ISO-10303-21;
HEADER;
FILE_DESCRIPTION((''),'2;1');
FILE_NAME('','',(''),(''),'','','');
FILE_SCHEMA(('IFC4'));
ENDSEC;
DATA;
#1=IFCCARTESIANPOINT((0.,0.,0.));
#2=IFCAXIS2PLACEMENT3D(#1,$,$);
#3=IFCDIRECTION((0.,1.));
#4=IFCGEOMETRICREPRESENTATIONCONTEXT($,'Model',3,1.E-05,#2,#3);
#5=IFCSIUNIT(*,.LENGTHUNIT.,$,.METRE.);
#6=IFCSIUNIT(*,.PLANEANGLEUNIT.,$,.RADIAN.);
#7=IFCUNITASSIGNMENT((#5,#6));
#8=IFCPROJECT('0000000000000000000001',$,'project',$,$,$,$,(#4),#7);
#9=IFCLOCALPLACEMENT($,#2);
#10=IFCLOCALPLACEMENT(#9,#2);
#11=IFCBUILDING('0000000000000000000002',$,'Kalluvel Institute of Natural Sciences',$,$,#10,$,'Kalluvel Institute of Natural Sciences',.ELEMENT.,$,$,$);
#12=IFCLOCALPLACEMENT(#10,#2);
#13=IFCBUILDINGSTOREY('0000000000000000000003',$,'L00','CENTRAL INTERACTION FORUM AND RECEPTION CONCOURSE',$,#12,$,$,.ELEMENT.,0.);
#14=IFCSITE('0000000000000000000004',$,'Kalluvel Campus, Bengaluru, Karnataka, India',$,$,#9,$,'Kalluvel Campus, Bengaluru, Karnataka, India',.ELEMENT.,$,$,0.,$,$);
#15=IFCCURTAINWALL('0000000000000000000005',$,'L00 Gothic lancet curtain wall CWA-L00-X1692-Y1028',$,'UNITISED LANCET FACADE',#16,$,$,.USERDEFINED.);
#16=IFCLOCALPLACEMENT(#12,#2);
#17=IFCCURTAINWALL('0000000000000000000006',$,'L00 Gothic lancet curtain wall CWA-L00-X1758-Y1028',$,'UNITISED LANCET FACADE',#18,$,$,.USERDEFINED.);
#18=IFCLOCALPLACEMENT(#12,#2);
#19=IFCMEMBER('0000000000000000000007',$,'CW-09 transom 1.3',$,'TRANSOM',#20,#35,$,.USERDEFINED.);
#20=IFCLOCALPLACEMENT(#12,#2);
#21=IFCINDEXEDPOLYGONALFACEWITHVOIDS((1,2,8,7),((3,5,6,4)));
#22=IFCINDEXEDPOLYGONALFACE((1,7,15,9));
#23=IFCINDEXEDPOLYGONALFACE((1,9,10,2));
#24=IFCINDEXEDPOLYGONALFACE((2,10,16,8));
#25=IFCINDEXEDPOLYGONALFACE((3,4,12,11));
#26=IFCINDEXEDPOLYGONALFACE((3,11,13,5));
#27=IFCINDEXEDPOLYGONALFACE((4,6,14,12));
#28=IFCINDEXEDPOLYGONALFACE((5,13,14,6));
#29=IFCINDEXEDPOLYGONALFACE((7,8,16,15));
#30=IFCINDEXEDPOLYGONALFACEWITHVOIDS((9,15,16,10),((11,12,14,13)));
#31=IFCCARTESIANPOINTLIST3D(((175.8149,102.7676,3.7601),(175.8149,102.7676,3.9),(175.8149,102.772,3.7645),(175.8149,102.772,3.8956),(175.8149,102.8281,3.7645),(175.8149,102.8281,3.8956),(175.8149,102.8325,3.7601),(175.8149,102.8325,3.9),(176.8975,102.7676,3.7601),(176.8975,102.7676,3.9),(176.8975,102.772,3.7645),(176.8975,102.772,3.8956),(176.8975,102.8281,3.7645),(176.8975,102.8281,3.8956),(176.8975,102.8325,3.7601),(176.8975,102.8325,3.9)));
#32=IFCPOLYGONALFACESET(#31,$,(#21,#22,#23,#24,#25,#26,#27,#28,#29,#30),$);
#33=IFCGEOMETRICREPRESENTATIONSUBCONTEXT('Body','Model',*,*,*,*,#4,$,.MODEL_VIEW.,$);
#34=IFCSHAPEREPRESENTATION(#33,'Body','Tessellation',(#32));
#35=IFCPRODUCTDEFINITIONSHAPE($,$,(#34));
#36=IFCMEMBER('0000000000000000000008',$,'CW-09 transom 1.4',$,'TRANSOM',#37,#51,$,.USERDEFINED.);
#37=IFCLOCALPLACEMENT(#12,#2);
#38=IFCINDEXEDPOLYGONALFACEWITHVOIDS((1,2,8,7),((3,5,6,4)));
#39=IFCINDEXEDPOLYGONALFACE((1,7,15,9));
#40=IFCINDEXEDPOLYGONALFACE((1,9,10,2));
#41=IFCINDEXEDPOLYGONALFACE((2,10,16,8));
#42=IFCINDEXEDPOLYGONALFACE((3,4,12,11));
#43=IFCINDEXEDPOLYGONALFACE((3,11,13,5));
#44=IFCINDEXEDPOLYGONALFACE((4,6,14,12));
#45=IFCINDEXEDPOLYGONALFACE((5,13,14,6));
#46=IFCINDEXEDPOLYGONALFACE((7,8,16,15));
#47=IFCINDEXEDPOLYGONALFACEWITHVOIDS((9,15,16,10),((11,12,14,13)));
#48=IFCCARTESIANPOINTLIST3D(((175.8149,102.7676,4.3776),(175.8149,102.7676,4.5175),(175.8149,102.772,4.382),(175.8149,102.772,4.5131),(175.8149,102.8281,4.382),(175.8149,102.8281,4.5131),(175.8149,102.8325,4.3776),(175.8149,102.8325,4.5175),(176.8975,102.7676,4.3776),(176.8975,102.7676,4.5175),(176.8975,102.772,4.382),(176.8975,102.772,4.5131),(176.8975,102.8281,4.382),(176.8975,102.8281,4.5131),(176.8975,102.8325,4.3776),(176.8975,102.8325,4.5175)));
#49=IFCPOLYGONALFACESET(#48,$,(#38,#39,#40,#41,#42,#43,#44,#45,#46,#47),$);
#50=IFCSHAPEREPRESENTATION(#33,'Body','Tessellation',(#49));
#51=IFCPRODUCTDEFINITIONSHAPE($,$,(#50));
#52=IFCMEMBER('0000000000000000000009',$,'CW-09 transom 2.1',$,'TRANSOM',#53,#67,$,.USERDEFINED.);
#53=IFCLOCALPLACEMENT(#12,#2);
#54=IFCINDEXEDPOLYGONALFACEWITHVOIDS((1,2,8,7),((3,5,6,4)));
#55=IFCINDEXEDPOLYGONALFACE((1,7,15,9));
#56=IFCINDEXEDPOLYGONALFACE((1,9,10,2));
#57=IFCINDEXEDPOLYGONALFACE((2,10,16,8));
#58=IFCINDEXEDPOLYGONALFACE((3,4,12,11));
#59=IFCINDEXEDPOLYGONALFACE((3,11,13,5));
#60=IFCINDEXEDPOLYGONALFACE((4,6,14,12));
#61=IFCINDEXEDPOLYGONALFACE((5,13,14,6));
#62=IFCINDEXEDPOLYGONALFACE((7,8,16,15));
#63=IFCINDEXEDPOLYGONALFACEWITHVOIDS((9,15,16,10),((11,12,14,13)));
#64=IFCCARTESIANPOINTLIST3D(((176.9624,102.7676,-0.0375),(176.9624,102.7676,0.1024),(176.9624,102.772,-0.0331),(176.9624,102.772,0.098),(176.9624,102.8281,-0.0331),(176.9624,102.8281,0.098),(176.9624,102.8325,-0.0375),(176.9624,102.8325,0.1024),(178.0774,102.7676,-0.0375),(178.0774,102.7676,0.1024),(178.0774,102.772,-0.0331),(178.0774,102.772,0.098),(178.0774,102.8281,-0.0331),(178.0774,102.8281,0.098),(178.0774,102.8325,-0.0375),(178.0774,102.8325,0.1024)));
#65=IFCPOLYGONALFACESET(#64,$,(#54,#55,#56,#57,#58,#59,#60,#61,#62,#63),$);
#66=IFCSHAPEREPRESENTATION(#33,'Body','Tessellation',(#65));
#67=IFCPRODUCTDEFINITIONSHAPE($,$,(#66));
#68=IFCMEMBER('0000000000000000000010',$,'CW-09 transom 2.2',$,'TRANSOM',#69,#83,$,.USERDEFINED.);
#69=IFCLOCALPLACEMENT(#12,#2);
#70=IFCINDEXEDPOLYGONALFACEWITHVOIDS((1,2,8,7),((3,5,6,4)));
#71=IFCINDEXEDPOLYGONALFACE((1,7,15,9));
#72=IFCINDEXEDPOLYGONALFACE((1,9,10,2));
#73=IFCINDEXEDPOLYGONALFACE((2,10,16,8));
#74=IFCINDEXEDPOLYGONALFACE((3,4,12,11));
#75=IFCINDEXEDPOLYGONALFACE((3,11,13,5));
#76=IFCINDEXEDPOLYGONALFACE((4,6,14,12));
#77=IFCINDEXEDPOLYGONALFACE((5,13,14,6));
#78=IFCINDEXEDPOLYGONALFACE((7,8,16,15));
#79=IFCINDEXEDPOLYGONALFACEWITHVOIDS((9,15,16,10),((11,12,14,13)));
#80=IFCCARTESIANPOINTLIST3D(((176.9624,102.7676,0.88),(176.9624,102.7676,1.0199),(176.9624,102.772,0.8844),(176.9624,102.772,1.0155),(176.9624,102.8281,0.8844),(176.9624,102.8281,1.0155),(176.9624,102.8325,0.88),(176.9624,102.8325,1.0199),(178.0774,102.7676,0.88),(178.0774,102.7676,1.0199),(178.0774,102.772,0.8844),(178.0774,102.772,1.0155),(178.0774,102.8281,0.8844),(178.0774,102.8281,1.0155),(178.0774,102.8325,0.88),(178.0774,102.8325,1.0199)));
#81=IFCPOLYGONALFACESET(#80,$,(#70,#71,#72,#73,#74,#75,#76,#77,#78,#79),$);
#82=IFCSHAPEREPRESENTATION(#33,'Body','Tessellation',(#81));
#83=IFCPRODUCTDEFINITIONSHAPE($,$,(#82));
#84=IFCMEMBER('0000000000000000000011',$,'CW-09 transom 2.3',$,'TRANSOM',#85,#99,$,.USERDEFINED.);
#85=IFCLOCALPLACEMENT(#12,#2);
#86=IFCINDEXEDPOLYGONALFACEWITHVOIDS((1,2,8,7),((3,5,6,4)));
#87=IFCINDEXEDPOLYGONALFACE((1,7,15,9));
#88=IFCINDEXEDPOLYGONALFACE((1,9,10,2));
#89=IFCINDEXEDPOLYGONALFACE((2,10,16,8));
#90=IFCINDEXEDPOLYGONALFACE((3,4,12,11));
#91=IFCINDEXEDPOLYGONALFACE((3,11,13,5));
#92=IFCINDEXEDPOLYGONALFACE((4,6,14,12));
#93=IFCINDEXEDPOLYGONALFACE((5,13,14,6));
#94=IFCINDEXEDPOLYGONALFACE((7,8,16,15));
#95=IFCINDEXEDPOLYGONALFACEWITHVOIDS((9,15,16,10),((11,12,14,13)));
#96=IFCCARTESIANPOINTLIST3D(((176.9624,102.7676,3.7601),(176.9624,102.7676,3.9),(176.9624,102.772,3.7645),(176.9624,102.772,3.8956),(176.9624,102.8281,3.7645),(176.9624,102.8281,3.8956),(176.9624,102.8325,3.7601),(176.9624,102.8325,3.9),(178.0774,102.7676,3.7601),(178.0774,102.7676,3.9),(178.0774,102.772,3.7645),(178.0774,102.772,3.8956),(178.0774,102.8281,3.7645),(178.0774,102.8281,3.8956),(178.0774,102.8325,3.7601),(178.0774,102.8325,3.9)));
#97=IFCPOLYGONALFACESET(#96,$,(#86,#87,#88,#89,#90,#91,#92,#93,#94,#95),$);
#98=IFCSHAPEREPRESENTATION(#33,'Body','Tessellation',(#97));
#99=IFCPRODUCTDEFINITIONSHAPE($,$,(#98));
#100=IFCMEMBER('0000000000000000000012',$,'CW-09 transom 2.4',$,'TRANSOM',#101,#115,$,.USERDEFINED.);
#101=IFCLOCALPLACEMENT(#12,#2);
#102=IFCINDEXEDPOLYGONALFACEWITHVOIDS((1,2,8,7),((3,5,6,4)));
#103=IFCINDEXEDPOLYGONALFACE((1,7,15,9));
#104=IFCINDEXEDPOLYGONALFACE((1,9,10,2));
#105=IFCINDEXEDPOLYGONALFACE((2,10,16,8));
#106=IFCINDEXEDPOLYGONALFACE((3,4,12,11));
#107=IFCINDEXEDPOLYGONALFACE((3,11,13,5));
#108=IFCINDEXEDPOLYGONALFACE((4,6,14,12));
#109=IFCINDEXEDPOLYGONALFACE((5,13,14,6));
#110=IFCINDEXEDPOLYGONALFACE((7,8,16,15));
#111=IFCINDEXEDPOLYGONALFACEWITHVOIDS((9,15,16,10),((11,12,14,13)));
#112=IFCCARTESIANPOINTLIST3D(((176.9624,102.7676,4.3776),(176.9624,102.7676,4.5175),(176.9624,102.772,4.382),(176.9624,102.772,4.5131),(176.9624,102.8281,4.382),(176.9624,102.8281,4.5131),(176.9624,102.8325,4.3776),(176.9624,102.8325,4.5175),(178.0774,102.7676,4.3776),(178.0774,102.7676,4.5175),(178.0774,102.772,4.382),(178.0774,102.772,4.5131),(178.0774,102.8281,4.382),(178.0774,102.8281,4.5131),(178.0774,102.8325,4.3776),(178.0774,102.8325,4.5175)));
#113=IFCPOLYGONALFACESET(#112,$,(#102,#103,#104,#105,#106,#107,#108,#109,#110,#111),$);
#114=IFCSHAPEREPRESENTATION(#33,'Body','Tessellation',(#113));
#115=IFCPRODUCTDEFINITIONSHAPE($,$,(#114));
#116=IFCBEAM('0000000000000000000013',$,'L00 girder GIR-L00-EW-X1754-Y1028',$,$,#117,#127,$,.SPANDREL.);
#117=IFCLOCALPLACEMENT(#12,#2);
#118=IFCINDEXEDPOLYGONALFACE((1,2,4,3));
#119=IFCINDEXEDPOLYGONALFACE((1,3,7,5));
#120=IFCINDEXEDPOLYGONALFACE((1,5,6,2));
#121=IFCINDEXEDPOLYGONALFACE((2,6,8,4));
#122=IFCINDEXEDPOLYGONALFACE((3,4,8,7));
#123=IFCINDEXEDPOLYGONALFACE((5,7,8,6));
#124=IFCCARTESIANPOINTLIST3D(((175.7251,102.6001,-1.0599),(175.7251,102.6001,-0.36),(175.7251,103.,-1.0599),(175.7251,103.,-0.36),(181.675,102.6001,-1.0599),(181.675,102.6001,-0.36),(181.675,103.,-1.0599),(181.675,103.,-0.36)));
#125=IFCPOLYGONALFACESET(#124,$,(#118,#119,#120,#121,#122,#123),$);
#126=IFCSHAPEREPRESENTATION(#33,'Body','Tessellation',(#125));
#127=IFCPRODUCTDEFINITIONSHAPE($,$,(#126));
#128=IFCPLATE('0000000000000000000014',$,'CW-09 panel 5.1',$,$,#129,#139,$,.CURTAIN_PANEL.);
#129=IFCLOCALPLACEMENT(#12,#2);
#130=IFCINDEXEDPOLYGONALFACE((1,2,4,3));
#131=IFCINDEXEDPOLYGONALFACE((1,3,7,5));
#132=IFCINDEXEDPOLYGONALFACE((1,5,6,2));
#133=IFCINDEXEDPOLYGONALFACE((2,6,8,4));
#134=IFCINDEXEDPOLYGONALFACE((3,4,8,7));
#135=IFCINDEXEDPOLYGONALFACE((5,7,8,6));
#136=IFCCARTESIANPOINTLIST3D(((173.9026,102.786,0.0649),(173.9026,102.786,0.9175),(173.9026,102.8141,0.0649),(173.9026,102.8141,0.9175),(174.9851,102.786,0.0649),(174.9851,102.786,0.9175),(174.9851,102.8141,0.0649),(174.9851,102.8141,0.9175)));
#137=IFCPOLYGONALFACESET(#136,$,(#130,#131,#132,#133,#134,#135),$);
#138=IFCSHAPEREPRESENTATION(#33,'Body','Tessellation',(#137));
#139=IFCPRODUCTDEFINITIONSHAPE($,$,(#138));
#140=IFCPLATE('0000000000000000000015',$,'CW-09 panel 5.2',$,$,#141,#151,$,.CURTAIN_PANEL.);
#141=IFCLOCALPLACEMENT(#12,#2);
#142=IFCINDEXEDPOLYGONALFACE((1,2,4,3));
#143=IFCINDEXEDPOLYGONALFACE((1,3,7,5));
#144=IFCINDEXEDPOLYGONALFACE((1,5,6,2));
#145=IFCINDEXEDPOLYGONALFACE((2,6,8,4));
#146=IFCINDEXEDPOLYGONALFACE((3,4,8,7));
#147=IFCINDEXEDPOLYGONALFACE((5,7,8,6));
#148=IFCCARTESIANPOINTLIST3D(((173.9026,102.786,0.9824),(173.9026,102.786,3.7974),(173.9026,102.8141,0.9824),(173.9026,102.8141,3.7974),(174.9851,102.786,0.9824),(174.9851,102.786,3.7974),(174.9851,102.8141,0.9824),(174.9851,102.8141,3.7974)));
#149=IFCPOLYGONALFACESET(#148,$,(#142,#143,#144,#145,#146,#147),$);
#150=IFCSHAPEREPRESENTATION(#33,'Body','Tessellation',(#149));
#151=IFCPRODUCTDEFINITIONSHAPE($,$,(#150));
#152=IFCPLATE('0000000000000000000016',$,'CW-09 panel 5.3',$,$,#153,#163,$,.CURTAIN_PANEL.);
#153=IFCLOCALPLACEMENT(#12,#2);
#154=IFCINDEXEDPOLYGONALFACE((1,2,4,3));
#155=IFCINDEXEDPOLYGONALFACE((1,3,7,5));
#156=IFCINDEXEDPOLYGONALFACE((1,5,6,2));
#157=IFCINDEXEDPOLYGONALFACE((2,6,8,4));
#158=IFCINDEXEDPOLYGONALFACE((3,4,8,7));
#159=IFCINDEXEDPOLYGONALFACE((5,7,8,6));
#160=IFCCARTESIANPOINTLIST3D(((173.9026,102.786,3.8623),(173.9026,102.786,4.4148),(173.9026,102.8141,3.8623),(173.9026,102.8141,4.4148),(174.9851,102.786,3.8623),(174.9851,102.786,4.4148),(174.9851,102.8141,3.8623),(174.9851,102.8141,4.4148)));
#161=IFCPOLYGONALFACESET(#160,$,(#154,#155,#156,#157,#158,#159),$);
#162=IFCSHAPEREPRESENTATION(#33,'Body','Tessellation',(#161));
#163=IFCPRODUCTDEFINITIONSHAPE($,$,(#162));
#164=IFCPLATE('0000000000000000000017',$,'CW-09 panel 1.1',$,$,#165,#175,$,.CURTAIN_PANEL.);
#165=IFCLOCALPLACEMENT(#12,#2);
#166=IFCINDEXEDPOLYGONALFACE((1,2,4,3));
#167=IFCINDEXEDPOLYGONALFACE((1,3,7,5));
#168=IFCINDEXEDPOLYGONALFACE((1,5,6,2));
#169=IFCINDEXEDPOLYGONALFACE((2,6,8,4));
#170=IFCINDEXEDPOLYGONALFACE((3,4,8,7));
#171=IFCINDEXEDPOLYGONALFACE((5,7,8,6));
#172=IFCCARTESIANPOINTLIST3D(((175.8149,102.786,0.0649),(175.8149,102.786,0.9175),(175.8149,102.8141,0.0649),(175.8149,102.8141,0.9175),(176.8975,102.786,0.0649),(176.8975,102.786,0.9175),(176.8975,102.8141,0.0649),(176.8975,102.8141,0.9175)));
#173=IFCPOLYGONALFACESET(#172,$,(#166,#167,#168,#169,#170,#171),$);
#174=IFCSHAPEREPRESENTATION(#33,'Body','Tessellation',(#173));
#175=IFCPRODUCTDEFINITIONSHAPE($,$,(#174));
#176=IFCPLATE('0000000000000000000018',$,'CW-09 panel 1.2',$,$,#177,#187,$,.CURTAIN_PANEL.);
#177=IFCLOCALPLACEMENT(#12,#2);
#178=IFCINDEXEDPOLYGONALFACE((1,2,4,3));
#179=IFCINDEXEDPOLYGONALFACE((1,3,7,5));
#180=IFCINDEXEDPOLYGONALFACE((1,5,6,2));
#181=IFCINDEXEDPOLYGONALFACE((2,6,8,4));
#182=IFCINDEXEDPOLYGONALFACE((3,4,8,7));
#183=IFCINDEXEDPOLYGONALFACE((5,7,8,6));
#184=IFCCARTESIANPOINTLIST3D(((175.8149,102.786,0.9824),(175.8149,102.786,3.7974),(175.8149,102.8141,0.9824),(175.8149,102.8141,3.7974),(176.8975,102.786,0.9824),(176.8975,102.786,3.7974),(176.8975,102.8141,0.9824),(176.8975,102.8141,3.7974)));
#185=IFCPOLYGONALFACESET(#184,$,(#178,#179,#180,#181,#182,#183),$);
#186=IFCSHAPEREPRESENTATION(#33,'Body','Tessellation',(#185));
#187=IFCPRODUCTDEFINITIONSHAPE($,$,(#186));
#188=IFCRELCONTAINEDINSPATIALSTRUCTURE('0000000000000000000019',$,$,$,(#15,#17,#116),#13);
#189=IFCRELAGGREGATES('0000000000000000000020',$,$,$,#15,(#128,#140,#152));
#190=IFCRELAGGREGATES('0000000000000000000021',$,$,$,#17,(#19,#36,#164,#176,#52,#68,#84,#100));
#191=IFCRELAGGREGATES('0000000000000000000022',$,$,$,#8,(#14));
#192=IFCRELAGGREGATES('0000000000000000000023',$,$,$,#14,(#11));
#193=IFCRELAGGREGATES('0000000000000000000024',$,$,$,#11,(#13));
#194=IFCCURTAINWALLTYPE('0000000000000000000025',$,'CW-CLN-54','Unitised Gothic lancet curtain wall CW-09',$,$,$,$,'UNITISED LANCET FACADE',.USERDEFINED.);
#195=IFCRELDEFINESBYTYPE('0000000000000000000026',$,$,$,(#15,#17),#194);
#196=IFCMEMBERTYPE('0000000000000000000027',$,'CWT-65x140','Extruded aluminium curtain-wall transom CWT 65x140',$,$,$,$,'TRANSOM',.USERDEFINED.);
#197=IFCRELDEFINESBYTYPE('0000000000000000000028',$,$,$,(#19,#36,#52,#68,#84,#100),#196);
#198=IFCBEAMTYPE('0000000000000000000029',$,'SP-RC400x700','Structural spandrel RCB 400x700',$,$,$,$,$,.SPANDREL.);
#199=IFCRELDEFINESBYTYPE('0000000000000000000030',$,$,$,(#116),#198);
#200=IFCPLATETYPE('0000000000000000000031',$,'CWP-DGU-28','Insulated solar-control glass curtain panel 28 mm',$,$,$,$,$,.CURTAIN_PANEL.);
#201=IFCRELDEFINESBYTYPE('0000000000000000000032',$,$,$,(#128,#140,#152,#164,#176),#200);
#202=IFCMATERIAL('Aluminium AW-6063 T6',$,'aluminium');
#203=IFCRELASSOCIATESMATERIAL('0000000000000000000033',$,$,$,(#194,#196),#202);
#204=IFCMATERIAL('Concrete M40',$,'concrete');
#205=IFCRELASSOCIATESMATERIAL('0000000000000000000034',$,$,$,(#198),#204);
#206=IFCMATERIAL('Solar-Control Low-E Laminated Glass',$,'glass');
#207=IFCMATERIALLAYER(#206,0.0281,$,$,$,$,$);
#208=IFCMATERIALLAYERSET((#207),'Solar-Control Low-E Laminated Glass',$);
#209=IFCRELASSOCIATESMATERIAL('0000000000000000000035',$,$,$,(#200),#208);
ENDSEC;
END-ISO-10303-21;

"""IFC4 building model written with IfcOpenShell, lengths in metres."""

from ifc_helpers import new_model, si_unit, direction, frame, origin, origin_2d, place, context, subcontext, project, spatial, rectangle, hollow_rectangle, extrude, material, layer, layer_set, material_profile, profile_set, type_object, element, aggregate, save


model = new_model("IFC4")

# Units and contexts
model_context = context("Model", 3, precision=1e-05, world=origin(), true_north=direction((0.0, 1.0)))
body_context = subcontext(model_context, "Body", "Model", "MODEL_VIEW")
ifc_project = project(units=[si_unit("LENGTHUNIT", "METRE"), si_unit("PLANEANGLEUNIT", "RADIAN")], contexts=[model_context])

# Site, building, storey
site_placement = place(None, origin())
site = spatial("IfcSite", under=ifc_project, at=site_placement, Name="Kalluvel Campus, Bengaluru, Karnataka, India", LongName="Kalluvel Campus, Bengaluru, Karnataka, India", CompositionType="ELEMENT", RefElevation=0.0)
building_placement = place(site_placement, origin())
building = spatial("IfcBuilding", under=site, at=building_placement, Name="Kalluvel Institute of Natural Sciences", LongName="Kalluvel Institute of Natural Sciences", CompositionType="ELEMENT")
storey_placement = place(building_placement, origin())
storey = spatial("IfcBuildingStorey", under=building, at=storey_placement, Name="L00", Description="CENTRAL INTERACTION FORUM AND RECEPTION CONCOURSE", CompositionType="ELEMENT", Elevation=0.0)

# Shared definitions
ifc_material_1 = material(Name="Concrete M40", Category="concrete")

# Curtain walls
ifc_material_2 = material(Name="Aluminium AW-6063 T6", Category="aluminium")
curtain_wall_type = type_object("IfcCurtainWallType", Name="CW-CLN-54", Description="Unitised Gothic lancet curtain wall CW-09", ElementType="UNITISED LANCET FACADE", PredefinedType="USERDEFINED", material=ifc_material_2)
curtain_wall_1_placement = place(storey_placement, origin())
curtain_wall_1 = element("IfcCurtainWall", 1, at=curtain_wall_1_placement, inside=storey, type_object=curtain_wall_type, Name="L00 Gothic lancet curtain wall CWA-L00-X1692-Y1028", ObjectType="UNITISED LANCET FACADE", PredefinedType="USERDEFINED")
curtain_wall_2_placement = place(storey_placement, origin())
curtain_wall_2 = element("IfcCurtainWall", 2, at=curtain_wall_2_placement, inside=storey, type_object=curtain_wall_type, Name="L00 Gothic lancet curtain wall CWA-L00-X1758-Y1028", ObjectType="UNITISED LANCET FACADE", PredefinedType="USERDEFINED")

# Members
ifc_material_profile_1 = material_profile(ifc_material_2, hollow_rectangle(XDim=0.0649, YDim=0.1399, WallThickness=0.0044, at=origin_2d()), Name="CWT 65x140")
ifc_profile_set_1 = profile_set([ifc_material_profile_1], Name="Aluminium AW-6063 T6")
member_type_1 = type_object("IfcMemberType", Name="CWT-65x140", Description="Extruded aluminium curtain-wall transom CWT 65x140", ElementType="TRANSOM", PredefinedType="USERDEFINED", material=ifc_profile_set_1)
member_1_placement = place(storey_placement, frame((175.8149, 102.8, 3.8301), z_axis=(1.0, 0.0, 0.0), x_axis=(0.0, 1.0, 0.0)))
member_1 = element("IfcMember", 3, at=member_1_placement, type_object=member_type_1, Name="CW-09 transom 1.3", ObjectType="TRANSOM", PredefinedType="USERDEFINED", context=body_context, shape_type="SweptSolid", body=[
    extrude(hollow_rectangle(XDim=0.0649, YDim=0.1399, WallThickness=0.0044, at=origin_2d()), origin(), (0.0, 0.0, 1.0), 1.0825),
])
member_2_placement = place(storey_placement, frame((175.8149, 102.8, 4.4475), z_axis=(1.0, 0.0, 0.0), x_axis=(0.0, 1.0, 0.0)))
member_2 = element("IfcMember", 4, at=member_2_placement, type_object=member_type_1, Name="CW-09 transom 1.4", ObjectType="TRANSOM", PredefinedType="USERDEFINED", context=body_context, shape_type="SweptSolid", body=[
    extrude(hollow_rectangle(XDim=0.0649, YDim=0.1399, WallThickness=0.0044, at=origin_2d()), origin(), (0.0, 0.0, 1.0), 1.0825),
])
member_3_placement = place(storey_placement, frame((176.9624, 102.8, 0.0325), z_axis=(1.0, 0.0, 0.0), x_axis=(0.0, 1.0, 0.0)))
member_3 = element("IfcMember", 5, at=member_3_placement, type_object=member_type_1, Name="CW-09 transom 2.1", ObjectType="TRANSOM", PredefinedType="USERDEFINED", context=body_context, shape_type="SweptSolid", body=[
    extrude(hollow_rectangle(XDim=0.0649, YDim=0.1399, WallThickness=0.0044, at=origin_2d()), origin(), (0.0, 0.0, 1.0), 1.115),
])
member_4_placement = place(storey_placement, frame((176.9624, 102.8, 0.95), z_axis=(1.0, 0.0, 0.0), x_axis=(0.0, 1.0, 0.0)))
member_4 = element("IfcMember", 6, at=member_4_placement, type_object=member_type_1, Name="CW-09 transom 2.2", ObjectType="TRANSOM", PredefinedType="USERDEFINED", context=body_context, shape_type="SweptSolid", body=[
    extrude(hollow_rectangle(XDim=0.0649, YDim=0.1399, WallThickness=0.0044, at=origin_2d()), origin(), (0.0, 0.0, 1.0), 1.115),
])
member_5_placement = place(storey_placement, frame((176.9624, 102.8, 3.8301), z_axis=(1.0, 0.0, 0.0), x_axis=(0.0, 1.0, 0.0)))
member_5 = element("IfcMember", 7, at=member_5_placement, type_object=member_type_1, Name="CW-09 transom 2.3", ObjectType="TRANSOM", PredefinedType="USERDEFINED", context=body_context, shape_type="SweptSolid", body=[
    extrude(hollow_rectangle(XDim=0.0649, YDim=0.1399, WallThickness=0.0044, at=origin_2d()), origin(), (0.0, 0.0, 1.0), 1.115),
])
member_6_placement = place(storey_placement, frame((176.9624, 102.8, 4.4475), z_axis=(1.0, 0.0, 0.0), x_axis=(0.0, 1.0, 0.0)))
member_6 = element("IfcMember", 8, at=member_6_placement, type_object=member_type_1, Name="CW-09 transom 2.4", ObjectType="TRANSOM", PredefinedType="USERDEFINED", context=body_context, shape_type="SweptSolid", body=[
    extrude(hollow_rectangle(XDim=0.0649, YDim=0.1399, WallThickness=0.0044, at=origin_2d()), origin(), (0.0, 0.0, 1.0), 1.115),
])

# Beam
ifc_material_profile_2 = material_profile(ifc_material_1, rectangle(XDim=0.3999, YDim=0.7, at=origin_2d()), Name="RCB 400x700")
ifc_profile_set_2 = profile_set([ifc_material_profile_2], Name="Concrete M40")
beam_type = type_object("IfcBeamType", Name="SP-RC400x700", Description="Structural spandrel RCB 400x700", PredefinedType="SPANDREL", material=ifc_profile_set_2)
beam_placement = place(storey_placement, frame((175.7251, 102.8, -0.71), z_axis=(1.0, 0.0, 0.0), x_axis=(0.0, 1.0, 0.0)))
element("IfcBeam", 9, at=beam_placement, inside=storey, type_object=beam_type, Name="L00 girder GIR-L00-EW-X1754-Y1028", PredefinedType="SPANDREL", context=body_context, shape_type="SweptSolid", body=[
    extrude(rectangle(XDim=0.3999, YDim=0.7, at=origin_2d()), origin(), (0.0, 0.0, 1.0), 5.95),
])

# Plates
ifc_material_3 = material(Name="Solar-Control Low-E Laminated Glass", Category="glass")
ifc_layer = layer(ifc_material_3, 0.0281)
ifc_layer_set = layer_set([ifc_layer], Name="Solar-Control Low-E Laminated Glass")
plate_type = type_object("IfcPlateType", Name="CWP-DGU-28", Description="Insulated solar-control glass curtain panel 28 mm", PredefinedType="CURTAIN_PANEL", material=ifc_layer_set)
plate_1_placement = place(storey_placement, frame((174.4438, 102.8, 0.0649), z_axis=(0.0, 0.0, 1.0), x_axis=(1.0, 0.0, 0.0)))
plate_1 = element("IfcPlate", 10, at=plate_1_placement, type_object=plate_type, Name="CW-09 panel 5.1", PredefinedType="CURTAIN_PANEL", context=body_context, shape_type="SweptSolid", body=[
    extrude(rectangle(XDim=1.0825, YDim=0.0281, at=origin_2d()), origin(), (0.0, 0.0, 1.0), 0.8525),
])
plate_2_placement = place(storey_placement, frame((174.4438, 102.8, 0.9824), z_axis=(0.0, 0.0, 1.0), x_axis=(1.0, 0.0, 0.0)))
plate_2 = element("IfcPlate", 11, at=plate_2_placement, type_object=plate_type, Name="CW-09 panel 5.2", PredefinedType="CURTAIN_PANEL", context=body_context, shape_type="SweptSolid", body=[
    extrude(rectangle(XDim=1.0825, YDim=0.0281, at=origin_2d()), origin(), (0.0, 0.0, 1.0), 2.8149),
])
plate_3_placement = place(storey_placement, frame((174.4438, 102.8, 3.8623), z_axis=(0.0, 0.0, 1.0), x_axis=(1.0, 0.0, 0.0)))
plate_3 = element("IfcPlate", 12, at=plate_3_placement, type_object=plate_type, Name="CW-09 panel 5.3", PredefinedType="CURTAIN_PANEL", context=body_context, shape_type="SweptSolid", body=[
    extrude(rectangle(XDim=1.0825, YDim=0.0281, at=origin_2d()), origin(), (0.0, 0.0, 1.0), 0.5525),
])
aggregate(curtain_wall_1, [plate_1, plate_2, plate_3])
plate_4_placement = place(storey_placement, frame((176.3562, 102.8, 0.0649), z_axis=(0.0, 0.0, 1.0), x_axis=(1.0, 0.0, 0.0)))
plate_4 = element("IfcPlate", 13, at=plate_4_placement, type_object=plate_type, Name="CW-09 panel 1.1", PredefinedType="CURTAIN_PANEL", context=body_context, shape_type="SweptSolid", body=[
    extrude(rectangle(XDim=1.0825, YDim=0.0281, at=origin_2d()), origin(), (0.0, 0.0, 1.0), 0.8525),
])
plate_5_placement = place(storey_placement, frame((176.3562, 102.8, 0.9824), z_axis=(0.0, 0.0, 1.0), x_axis=(1.0, 0.0, 0.0)))
plate_5 = element("IfcPlate", 14, at=plate_5_placement, type_object=plate_type, Name="CW-09 panel 1.2", PredefinedType="CURTAIN_PANEL", context=body_context, shape_type="SweptSolid", body=[
    extrude(rectangle(XDim=1.0825, YDim=0.0281, at=origin_2d()), origin(), (0.0, 0.0, 1.0), 2.8149),
])
aggregate(curtain_wall_2, [member_1, member_2, plate_4, plate_5, member_3, member_4, member_5, member_6])

save(model, "model.ifc")
